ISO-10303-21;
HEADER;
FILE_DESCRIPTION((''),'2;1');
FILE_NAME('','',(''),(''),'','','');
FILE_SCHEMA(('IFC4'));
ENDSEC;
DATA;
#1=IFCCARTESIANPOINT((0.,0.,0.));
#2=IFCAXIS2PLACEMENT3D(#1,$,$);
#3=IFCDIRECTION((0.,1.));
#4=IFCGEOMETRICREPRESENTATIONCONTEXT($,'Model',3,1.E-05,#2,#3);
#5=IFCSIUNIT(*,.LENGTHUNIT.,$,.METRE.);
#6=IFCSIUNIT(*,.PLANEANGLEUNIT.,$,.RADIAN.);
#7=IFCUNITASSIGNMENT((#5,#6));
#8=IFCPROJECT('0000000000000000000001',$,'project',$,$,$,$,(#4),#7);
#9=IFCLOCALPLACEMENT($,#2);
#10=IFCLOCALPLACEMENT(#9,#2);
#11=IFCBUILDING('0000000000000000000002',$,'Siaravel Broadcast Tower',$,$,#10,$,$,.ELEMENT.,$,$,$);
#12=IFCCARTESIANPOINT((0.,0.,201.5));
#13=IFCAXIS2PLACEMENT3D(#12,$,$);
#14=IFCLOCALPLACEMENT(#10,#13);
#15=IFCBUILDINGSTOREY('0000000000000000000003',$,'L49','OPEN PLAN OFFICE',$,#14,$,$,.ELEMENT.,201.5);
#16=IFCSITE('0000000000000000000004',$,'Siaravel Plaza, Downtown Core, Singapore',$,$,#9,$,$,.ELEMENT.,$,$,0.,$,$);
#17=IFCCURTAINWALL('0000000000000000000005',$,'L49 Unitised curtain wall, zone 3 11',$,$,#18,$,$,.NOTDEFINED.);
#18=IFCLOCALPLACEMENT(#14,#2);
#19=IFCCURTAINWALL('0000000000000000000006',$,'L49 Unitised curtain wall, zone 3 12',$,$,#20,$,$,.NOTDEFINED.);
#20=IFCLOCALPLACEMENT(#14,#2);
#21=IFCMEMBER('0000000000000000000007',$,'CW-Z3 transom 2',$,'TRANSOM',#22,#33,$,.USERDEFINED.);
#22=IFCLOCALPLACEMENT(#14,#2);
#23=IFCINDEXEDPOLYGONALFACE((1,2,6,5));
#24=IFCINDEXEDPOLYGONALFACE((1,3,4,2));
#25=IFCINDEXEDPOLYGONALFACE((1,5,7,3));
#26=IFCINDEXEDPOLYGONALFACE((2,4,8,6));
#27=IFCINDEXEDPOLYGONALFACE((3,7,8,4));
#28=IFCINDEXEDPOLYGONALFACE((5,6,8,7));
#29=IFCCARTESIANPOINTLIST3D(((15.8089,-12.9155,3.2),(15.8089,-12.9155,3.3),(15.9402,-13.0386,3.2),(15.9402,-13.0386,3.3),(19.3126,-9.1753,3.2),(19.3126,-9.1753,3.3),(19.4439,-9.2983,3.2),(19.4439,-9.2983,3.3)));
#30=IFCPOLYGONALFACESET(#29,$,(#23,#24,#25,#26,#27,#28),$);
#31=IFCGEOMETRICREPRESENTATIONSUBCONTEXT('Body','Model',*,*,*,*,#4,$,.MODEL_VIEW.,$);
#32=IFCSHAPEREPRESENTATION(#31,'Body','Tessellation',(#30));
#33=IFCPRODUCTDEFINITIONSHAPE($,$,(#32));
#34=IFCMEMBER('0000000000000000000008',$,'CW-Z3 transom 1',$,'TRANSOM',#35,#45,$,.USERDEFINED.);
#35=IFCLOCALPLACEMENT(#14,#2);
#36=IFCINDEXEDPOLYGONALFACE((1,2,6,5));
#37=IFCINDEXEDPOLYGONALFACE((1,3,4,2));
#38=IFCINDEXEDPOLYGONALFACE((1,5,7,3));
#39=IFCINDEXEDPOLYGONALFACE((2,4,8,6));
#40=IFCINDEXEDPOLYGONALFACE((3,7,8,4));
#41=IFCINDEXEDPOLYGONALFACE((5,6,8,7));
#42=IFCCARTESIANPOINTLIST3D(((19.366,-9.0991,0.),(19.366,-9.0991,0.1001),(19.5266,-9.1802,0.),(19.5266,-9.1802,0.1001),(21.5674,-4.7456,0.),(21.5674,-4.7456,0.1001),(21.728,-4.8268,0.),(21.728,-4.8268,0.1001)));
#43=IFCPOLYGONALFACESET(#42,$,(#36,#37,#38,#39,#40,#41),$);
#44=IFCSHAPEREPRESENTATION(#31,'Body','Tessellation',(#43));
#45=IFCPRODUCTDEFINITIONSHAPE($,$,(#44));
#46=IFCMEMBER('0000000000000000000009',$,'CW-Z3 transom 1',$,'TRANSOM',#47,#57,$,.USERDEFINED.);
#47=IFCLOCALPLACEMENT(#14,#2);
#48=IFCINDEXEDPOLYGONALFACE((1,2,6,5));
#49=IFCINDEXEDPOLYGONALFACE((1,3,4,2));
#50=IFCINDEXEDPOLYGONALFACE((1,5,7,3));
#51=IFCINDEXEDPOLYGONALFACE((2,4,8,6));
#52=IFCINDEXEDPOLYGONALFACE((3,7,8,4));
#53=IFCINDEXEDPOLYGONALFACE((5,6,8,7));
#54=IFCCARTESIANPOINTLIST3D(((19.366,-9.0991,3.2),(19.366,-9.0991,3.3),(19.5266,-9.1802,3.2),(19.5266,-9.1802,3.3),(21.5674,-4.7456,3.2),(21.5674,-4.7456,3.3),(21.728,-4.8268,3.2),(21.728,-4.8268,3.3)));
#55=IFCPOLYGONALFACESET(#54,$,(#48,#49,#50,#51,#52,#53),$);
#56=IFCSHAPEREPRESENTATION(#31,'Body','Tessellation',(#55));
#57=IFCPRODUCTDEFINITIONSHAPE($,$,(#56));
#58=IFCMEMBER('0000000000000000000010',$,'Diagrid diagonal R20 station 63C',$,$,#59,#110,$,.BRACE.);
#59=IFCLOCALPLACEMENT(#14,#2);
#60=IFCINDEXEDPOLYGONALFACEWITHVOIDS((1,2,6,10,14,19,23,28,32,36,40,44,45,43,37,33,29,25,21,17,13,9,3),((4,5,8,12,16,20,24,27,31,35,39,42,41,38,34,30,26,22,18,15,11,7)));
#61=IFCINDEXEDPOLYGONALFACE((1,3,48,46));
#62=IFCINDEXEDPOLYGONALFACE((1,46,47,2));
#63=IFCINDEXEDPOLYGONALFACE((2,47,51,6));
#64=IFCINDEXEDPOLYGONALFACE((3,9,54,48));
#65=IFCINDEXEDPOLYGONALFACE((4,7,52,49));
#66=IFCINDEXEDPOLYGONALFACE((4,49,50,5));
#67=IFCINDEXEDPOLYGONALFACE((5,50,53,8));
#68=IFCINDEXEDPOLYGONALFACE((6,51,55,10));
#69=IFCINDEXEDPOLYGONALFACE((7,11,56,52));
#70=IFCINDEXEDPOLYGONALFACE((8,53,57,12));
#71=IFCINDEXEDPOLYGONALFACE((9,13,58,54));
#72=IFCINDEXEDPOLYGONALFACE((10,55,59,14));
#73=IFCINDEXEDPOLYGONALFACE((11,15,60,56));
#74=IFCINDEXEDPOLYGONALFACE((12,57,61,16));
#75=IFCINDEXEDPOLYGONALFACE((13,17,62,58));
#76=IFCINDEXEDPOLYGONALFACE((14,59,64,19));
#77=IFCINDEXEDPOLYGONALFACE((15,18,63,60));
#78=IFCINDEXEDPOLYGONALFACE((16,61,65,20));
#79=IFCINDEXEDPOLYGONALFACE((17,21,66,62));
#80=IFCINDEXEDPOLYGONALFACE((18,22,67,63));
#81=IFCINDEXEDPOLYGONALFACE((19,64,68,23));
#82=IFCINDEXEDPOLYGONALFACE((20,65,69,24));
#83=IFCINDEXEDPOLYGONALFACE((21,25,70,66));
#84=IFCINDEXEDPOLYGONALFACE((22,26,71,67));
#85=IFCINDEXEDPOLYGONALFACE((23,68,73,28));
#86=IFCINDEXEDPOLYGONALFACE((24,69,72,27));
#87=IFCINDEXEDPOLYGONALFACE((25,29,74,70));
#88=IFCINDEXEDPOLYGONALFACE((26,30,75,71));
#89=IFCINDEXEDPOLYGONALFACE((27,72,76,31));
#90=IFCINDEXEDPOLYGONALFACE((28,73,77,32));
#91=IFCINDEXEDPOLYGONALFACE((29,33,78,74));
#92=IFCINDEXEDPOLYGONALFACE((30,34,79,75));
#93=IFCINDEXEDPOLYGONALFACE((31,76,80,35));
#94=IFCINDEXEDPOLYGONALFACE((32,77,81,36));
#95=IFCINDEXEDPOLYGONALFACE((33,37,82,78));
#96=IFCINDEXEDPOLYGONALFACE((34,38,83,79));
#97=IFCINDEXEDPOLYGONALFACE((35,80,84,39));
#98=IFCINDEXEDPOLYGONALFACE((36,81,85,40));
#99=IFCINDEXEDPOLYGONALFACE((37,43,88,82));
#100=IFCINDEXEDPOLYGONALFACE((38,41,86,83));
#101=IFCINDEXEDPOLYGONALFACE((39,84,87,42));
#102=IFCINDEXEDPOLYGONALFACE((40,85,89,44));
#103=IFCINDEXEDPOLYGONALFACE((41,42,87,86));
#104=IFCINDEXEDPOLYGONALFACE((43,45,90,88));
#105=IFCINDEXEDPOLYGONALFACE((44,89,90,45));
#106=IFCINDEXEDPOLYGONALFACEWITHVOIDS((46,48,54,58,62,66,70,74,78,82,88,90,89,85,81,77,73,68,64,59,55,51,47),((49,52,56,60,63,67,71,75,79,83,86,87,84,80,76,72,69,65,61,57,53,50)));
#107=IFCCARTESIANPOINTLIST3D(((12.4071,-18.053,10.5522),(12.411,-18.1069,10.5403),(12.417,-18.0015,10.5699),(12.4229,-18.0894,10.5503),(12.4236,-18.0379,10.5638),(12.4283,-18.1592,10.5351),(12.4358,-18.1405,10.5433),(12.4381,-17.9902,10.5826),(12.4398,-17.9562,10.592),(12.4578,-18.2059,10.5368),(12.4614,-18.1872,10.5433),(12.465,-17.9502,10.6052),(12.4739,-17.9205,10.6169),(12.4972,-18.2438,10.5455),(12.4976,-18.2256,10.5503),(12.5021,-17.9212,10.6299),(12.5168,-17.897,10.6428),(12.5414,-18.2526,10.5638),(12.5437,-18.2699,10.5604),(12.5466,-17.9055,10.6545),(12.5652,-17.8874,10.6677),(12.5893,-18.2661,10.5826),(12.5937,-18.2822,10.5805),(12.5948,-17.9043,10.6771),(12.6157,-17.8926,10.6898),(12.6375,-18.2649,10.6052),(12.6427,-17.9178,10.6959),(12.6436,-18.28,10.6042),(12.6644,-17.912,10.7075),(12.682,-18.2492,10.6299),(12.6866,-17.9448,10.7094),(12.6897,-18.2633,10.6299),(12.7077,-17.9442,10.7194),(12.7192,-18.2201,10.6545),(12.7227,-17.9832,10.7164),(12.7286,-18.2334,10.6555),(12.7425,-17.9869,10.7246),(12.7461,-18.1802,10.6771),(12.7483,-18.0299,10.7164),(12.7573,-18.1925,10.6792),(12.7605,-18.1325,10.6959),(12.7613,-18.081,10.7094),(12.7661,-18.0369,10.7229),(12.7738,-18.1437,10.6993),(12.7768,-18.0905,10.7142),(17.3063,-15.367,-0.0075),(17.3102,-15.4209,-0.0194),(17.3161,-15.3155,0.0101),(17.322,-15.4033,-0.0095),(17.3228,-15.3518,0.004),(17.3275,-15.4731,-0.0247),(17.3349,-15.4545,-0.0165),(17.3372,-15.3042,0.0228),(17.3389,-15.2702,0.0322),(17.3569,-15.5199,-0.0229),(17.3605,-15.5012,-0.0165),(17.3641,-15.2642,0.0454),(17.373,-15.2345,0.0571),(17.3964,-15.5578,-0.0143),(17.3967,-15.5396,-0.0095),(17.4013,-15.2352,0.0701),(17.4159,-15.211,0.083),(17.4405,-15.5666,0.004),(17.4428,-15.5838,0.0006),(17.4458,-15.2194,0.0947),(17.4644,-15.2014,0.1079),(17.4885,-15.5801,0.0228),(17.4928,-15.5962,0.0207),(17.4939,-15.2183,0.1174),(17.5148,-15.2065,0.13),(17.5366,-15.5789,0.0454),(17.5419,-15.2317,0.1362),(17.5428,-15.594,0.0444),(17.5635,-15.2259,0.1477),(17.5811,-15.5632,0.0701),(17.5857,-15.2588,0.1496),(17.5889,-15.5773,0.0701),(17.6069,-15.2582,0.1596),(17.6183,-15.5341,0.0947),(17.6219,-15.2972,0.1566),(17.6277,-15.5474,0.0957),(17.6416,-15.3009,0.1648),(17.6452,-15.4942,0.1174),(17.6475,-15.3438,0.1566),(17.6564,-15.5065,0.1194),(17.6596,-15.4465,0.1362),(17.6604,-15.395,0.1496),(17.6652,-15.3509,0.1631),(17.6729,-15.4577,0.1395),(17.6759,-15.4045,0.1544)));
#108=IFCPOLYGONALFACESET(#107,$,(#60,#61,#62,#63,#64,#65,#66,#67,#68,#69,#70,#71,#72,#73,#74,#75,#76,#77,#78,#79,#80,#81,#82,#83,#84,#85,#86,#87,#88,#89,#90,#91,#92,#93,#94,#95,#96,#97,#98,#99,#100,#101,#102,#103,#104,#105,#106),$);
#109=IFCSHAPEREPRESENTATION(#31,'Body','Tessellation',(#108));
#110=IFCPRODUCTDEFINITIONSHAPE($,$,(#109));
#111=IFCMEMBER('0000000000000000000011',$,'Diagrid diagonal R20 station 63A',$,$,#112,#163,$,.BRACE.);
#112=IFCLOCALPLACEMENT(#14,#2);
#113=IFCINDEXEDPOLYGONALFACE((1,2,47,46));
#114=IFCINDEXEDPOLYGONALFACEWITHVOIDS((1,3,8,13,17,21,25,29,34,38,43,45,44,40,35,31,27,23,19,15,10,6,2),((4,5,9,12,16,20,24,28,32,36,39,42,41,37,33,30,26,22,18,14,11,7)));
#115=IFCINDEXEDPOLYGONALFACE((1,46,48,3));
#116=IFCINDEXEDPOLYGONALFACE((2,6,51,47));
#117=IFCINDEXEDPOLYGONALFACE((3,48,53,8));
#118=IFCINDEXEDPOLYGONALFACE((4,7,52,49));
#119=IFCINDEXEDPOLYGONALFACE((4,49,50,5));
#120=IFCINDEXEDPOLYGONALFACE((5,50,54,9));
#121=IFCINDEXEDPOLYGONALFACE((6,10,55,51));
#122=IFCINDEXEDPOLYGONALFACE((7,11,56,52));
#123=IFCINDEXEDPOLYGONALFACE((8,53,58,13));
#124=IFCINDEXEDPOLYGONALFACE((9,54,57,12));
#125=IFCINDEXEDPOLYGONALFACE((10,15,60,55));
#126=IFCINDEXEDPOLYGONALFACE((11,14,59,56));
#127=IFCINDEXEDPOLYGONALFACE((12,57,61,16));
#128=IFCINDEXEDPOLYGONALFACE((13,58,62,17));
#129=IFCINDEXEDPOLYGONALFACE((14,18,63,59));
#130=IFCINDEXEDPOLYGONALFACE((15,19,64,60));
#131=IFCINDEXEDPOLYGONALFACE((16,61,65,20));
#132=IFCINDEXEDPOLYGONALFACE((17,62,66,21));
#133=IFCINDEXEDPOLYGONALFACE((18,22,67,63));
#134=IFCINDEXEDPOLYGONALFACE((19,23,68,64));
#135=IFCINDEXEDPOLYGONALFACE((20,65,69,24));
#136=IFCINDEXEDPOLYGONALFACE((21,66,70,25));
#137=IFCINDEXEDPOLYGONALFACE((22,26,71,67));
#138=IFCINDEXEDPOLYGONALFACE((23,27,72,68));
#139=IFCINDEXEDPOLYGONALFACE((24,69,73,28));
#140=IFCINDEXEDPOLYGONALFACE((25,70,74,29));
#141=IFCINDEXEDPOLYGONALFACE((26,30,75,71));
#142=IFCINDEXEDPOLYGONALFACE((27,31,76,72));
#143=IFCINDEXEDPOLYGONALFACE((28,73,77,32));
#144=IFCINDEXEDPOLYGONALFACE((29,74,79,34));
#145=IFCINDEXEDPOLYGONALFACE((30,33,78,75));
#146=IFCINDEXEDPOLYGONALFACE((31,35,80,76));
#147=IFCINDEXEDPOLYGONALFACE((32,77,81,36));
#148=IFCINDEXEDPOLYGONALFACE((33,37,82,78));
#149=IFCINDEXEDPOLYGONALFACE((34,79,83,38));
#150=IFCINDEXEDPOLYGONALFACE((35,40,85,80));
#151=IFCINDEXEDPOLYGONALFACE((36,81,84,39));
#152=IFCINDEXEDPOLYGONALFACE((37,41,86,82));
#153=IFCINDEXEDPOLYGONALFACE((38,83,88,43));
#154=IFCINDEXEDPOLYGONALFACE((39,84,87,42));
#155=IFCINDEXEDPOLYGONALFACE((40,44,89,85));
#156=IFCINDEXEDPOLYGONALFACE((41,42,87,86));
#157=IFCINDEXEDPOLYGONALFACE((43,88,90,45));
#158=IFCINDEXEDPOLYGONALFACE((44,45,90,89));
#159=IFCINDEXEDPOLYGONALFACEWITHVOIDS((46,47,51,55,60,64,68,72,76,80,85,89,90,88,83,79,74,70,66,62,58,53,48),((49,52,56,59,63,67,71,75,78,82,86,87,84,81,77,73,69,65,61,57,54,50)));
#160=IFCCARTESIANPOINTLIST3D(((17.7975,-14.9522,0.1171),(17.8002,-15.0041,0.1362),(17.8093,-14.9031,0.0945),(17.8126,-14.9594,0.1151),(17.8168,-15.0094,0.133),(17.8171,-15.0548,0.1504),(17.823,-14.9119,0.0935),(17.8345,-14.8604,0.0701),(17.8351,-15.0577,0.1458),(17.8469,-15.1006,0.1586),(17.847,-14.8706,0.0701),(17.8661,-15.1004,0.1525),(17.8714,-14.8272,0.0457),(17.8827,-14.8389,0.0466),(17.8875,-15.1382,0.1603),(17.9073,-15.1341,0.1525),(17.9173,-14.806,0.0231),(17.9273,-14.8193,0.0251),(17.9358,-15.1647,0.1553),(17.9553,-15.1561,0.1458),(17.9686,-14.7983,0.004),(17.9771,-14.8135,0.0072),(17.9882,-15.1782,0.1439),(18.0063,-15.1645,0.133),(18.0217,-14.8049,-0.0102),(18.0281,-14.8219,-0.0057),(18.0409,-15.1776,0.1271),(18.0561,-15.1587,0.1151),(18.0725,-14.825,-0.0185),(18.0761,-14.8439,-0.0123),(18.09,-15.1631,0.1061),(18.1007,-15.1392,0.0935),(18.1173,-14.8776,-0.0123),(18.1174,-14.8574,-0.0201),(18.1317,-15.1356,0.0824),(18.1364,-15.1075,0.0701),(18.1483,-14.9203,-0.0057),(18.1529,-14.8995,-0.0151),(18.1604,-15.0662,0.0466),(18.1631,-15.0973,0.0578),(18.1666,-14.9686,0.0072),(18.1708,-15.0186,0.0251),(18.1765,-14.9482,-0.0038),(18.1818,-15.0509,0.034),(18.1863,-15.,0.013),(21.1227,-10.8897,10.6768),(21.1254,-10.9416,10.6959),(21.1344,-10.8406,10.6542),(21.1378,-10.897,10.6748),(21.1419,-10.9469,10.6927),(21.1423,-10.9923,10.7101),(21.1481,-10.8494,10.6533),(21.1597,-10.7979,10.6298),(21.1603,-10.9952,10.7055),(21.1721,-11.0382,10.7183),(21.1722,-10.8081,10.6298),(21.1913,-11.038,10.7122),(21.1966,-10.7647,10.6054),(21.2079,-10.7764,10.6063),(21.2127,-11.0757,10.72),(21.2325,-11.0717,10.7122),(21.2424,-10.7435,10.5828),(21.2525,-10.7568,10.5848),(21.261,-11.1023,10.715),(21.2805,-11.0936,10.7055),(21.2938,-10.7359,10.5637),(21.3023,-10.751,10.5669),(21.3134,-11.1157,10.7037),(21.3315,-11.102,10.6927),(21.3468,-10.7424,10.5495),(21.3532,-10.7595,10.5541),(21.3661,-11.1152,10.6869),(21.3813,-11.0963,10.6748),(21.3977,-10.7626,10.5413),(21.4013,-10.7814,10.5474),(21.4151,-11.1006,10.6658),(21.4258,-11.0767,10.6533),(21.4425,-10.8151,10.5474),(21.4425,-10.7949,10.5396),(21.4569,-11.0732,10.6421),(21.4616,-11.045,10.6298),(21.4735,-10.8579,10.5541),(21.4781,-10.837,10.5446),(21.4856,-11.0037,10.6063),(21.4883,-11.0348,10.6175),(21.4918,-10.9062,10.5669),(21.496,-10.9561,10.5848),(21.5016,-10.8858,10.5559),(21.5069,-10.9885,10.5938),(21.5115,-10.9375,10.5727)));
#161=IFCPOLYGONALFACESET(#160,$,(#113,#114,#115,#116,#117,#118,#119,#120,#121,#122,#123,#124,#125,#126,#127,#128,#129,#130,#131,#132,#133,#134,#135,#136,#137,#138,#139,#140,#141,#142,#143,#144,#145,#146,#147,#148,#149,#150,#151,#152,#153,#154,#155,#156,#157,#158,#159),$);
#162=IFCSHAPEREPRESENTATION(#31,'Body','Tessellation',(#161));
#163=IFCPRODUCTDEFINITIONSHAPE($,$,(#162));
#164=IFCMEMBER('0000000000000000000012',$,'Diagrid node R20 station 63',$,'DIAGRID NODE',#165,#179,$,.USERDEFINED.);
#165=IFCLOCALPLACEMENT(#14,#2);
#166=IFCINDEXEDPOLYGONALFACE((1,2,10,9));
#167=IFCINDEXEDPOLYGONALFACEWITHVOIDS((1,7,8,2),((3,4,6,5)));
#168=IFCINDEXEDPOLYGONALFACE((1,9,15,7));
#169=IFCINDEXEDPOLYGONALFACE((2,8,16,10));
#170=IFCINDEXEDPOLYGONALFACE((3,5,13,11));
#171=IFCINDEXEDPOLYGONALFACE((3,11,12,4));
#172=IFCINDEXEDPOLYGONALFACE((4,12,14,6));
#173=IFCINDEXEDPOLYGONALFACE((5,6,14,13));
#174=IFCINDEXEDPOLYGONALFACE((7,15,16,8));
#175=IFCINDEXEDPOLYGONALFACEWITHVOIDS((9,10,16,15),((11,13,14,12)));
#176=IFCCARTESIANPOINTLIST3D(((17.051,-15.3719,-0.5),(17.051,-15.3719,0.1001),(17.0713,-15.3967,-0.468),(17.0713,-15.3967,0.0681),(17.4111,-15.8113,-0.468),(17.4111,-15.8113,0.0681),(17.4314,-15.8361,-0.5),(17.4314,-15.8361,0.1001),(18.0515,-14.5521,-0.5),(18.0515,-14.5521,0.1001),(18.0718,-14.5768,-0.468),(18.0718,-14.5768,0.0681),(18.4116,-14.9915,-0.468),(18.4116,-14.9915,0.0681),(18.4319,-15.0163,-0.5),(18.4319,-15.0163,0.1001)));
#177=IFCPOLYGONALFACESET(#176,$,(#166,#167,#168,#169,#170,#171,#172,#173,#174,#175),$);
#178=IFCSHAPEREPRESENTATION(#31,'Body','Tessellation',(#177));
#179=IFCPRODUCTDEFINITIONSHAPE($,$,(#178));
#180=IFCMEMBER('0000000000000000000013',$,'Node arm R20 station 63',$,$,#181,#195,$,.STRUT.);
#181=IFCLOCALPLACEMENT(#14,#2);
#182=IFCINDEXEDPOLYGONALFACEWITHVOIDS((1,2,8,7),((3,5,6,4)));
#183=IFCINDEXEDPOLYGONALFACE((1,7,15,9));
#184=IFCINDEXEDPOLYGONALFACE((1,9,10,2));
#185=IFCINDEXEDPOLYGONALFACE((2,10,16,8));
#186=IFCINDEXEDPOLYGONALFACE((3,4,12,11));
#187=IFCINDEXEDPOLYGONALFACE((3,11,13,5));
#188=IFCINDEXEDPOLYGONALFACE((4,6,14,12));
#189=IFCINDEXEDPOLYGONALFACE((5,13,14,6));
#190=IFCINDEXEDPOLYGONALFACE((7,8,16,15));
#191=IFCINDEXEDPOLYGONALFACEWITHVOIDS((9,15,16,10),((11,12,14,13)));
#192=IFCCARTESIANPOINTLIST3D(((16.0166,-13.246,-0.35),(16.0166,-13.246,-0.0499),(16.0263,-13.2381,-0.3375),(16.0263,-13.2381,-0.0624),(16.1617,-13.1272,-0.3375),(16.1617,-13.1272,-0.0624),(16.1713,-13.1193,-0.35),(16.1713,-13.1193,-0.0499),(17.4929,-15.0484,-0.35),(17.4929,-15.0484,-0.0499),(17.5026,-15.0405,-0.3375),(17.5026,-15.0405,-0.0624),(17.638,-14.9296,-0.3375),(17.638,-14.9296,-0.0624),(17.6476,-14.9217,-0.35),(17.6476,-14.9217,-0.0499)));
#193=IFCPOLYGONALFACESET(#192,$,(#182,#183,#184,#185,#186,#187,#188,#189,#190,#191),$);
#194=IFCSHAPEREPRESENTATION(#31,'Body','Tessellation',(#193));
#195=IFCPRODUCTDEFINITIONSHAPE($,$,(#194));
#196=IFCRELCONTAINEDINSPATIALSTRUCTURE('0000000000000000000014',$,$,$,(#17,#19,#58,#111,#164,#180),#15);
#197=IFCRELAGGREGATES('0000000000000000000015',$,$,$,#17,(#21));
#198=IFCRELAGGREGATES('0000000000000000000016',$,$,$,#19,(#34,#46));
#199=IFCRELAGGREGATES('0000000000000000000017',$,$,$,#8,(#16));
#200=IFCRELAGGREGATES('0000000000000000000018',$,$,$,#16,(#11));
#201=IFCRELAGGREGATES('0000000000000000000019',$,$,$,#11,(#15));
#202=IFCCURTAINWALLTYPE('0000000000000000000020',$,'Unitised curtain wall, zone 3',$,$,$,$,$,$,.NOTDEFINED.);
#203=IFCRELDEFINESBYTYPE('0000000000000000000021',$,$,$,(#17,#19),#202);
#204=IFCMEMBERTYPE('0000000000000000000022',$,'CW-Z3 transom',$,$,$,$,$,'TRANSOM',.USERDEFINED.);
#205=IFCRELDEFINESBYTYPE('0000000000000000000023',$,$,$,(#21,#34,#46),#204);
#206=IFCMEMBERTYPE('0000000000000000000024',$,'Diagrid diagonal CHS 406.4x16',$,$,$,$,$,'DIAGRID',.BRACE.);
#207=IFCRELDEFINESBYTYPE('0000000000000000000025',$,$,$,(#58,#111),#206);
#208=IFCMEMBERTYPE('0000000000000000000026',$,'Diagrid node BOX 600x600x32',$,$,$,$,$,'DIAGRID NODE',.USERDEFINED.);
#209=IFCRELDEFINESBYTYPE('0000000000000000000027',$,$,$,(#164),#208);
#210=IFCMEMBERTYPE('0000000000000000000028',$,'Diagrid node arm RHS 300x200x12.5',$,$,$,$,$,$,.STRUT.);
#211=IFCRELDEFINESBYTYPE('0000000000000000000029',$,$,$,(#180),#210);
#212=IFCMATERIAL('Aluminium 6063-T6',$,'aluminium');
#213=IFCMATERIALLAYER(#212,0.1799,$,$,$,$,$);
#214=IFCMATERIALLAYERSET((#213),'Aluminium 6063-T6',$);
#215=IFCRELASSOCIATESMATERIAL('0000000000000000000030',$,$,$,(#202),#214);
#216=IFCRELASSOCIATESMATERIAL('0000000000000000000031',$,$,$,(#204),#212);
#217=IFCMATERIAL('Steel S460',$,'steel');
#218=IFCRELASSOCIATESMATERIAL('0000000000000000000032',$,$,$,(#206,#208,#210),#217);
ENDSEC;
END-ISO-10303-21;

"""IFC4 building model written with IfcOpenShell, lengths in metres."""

from ifc_helpers import new_model, si_unit, direction, frame, origin, origin_2d, place, context, subcontext, project, spatial, rectangle, hollow_rectangle, hollow_circle, extrude, material, layer, layer_set, material_profile, profile_set, type_object, element, aggregate, save


model = new_model("IFC4")

# Units and contexts
model_context = context("Model", 3, precision=1e-05, world=origin(), true_north=direction((0.0, 1.0)))
body_context = subcontext(model_context, "Body", "Model", "MODEL_VIEW")
ifc_project = project(units=[si_unit("LENGTHUNIT", "METRE"), si_unit("PLANEANGLEUNIT", "RADIAN")], contexts=[model_context])

# Site, building, storey
site_placement = place(None, origin())
site = spatial("IfcSite", under=ifc_project, at=site_placement, Name="Siaravel Plaza, Downtown Core, Singapore", CompositionType="ELEMENT", RefElevation=0.0)
building_placement = place(site_placement, origin())
building = spatial("IfcBuilding", under=site, at=building_placement, Name="Siaravel Broadcast Tower", CompositionType="ELEMENT")
storey_placement = place(building_placement, frame((0.0, 0.0, 201.5)))
storey = spatial("IfcBuildingStorey", under=building, at=storey_placement, Name="L49", Description="OPEN PLAN OFFICE", CompositionType="ELEMENT", Elevation=201.5)

# Curtain wall
ifc_material_1 = material(Name="Aluminium 6063-T6", Category="aluminium")
ifc_layer_1 = layer(ifc_material_1, 0.1799)
ifc_layer_set_1 = layer_set([ifc_layer_1], Name="Aluminium 6063-T6")
curtain_wall_type = type_object("IfcCurtainWallType", Name="Unitised curtain wall, zone 3", PredefinedType="NOTDEFINED", material=ifc_layer_set_1)
curtain_wall_1_placement = place(storey_placement, origin())
curtain_wall_1 = element("IfcCurtainWall", 1, at=curtain_wall_1_placement, inside=storey, type_object=curtain_wall_type, Name="L49 Unitised curtain wall, zone 3 11", PredefinedType="NOTDEFINED")

# Curtain wall
curtain_wall_2_placement = place(storey_placement, origin())
curtain_wall_2 = element("IfcCurtainWall", 2, at=curtain_wall_2_placement, inside=storey, type_object=curtain_wall_type, Name="L49 Unitised curtain wall, zone 3 12", PredefinedType="NOTDEFINED")

# Members
ifc_material_profile_1 = material_profile(ifc_material_1, rectangle(XDim=0.1799, YDim=0.1001, at=origin_2d()))
ifc_profile_set_1 = profile_set([ifc_material_profile_1], Name="Aluminium 6063-T6")
member_type_1 = type_object("IfcMemberType", Name="CW-Z3 transom", ElementType="TRANSOM", PredefinedType="USERDEFINED", material=ifc_profile_set_1)
member_1_placement = place(storey_placement, frame((15.8745, -12.9771, 3.25), z_axis=(0.68365, 0.72981, 0.0), x_axis=(-0.72981, 0.68365, 0.0)))
member_1 = element("IfcMember", 3, at=member_1_placement, type_object=member_type_1, Name="CW-Z3 transom 2", ObjectType="TRANSOM", PredefinedType="USERDEFINED", context=body_context, shape_type="SweptSolid", body=[
    extrude(rectangle(XDim=0.1799, YDim=0.1001, at=origin_2d()), origin(), (0.0, 0.0, 1.0), 5.125),
])
member_2_placement = place(storey_placement, frame((19.4463, -9.1396, 0.05), z_axis=(0.451253, 0.892396, 0.0), x_axis=(-0.892396, 0.451253, 0.0)))
member_2 = element("IfcMember", 4, at=member_2_placement, type_object=member_type_1, Name="CW-Z3 transom 1", ObjectType="TRANSOM", PredefinedType="USERDEFINED", context=body_context, shape_type="SweptSolid", body=[
    extrude(rectangle(XDim=0.1799, YDim=0.1001, at=origin_2d()), origin(), (0.0, 0.0, 1.0), 4.8784),
])
member_3_placement = place(storey_placement, frame((19.4463, -9.1396, 3.25), z_axis=(0.451253, 0.892396, 0.0), x_axis=(-0.892396, 0.451253, 0.0)))
member_3 = element("IfcMember", 5, at=member_3_placement, type_object=member_type_1, Name="CW-Z3 transom 1", ObjectType="TRANSOM", PredefinedType="USERDEFINED", context=body_context, shape_type="SweptSolid", body=[
    extrude(rectangle(XDim=0.1799, YDim=0.1001, at=origin_2d()), origin(), (0.0, 0.0, 1.0), 4.8784),
])

# Members
ifc_material_2 = material(Name="Steel S460", Category="steel")
ifc_material_profile_2 = material_profile(ifc_material_2, hollow_circle(Radius=0.2031, WallThickness=0.0161, at=origin_2d()))
ifc_profile_set_2 = profile_set([ifc_material_profile_2], Name="Steel S460")
member_type_2 = type_object("IfcMemberType", Name="Diagrid diagonal CHS 406.4x16", ElementType="DIAGRID", PredefinedType="BRACE", material=ifc_profile_set_2)
member_4_placement = place(storey_placement, frame((17.4912, -15.3992, 0.0701), z_axis=(-0.410082, -0.224833, 0.883902), x_axis=(0.480749, -0.876858, 0.0)))
element("IfcMember", 6, at=member_4_placement, inside=storey, type_object=member_type_2, Name="Diagrid diagonal R20 station 63C", PredefinedType="BRACE", context=body_context, shape_type="SweptSolid", body=[
    extrude(hollow_circle(Radius=0.2031, WallThickness=0.0161, at=origin_2d()), origin(), (0.0, 0.0, 1.0), 11.9468),
])
member_5_placement = place(storey_placement, frame((17.9917, -14.989, 0.0701), z_axis=(0.281968, 0.344489, 0.895445), x_axis=(-0.773833, 0.63339, 0.0)))
element("IfcMember", 7, at=member_5_placement, inside=storey, type_object=member_type_2, Name="Diagrid diagonal R20 station 63A", PredefinedType="BRACE", context=body_context, shape_type="SweptSolid", body=[
    extrude(hollow_circle(Radius=0.2031, WallThickness=0.0161, at=origin_2d()), origin(), (0.0, 0.0, 1.0), 11.7927),
])
ifc_material_profile_3 = material_profile(ifc_material_2, hollow_rectangle(XDim=0.6001, YDim=0.6001, WallThickness=0.032, at=origin_2d()))
ifc_profile_set_3 = profile_set([ifc_material_profile_3], Name="Steel S460")
member_type_3 = type_object("IfcMemberType", Name="Diagrid node BOX 600x600x32", ElementType="DIAGRID NODE", PredefinedType="USERDEFINED", material=ifc_profile_set_3)
member_6_placement = place(storey_placement, frame((17.2412, -15.604, -0.2), z_axis=(0.773486, 0.633813, 0.0), x_axis=(-0.633813, 0.773486, 0.0)))
element("IfcMember", 8, at=member_6_placement, inside=storey, type_object=member_type_3, Name="Diagrid node R20 station 63", ObjectType="DIAGRID NODE", PredefinedType="USERDEFINED", context=body_context, shape_type="SweptSolid", body=[
    extrude(hollow_rectangle(XDim=0.6001, YDim=0.6001, WallThickness=0.032, at=origin_2d()), origin(), (0.0, 0.0, 1.0), 1.2935),
])
ifc_material_profile_4 = material_profile(ifc_material_2, hollow_rectangle(XDim=0.2, YDim=0.3, WallThickness=0.0125, at=origin_2d()))
ifc_profile_set_4 = profile_set([ifc_material_profile_4], Name="Steel S460")
member_type_4 = type_object("IfcMemberType", Name="Diagrid node arm RHS 300x200x12.5", PredefinedType="STRUT", material=ifc_profile_set_4)
member_7_placement = place(storey_placement, frame((16.094, -13.1826, -0.2), z_axis=(0.633637, -0.77363, 0.0), x_axis=(0.77363, 0.633637, 0.0)))
element("IfcMember", 9, at=member_7_placement, inside=storey, type_object=member_type_4, Name="Node arm R20 station 63", PredefinedType="STRUT", context=body_context, shape_type="SweptSolid", body=[
    extrude(hollow_rectangle(XDim=0.2, YDim=0.3, WallThickness=0.0125, at=origin_2d()), origin(), (0.0, 0.0, 1.0), 2.3298),
])

aggregate(curtain_wall_1, [member_1])
aggregate(curtain_wall_2, [member_2, member_3])

save(model, "model.ifc")
